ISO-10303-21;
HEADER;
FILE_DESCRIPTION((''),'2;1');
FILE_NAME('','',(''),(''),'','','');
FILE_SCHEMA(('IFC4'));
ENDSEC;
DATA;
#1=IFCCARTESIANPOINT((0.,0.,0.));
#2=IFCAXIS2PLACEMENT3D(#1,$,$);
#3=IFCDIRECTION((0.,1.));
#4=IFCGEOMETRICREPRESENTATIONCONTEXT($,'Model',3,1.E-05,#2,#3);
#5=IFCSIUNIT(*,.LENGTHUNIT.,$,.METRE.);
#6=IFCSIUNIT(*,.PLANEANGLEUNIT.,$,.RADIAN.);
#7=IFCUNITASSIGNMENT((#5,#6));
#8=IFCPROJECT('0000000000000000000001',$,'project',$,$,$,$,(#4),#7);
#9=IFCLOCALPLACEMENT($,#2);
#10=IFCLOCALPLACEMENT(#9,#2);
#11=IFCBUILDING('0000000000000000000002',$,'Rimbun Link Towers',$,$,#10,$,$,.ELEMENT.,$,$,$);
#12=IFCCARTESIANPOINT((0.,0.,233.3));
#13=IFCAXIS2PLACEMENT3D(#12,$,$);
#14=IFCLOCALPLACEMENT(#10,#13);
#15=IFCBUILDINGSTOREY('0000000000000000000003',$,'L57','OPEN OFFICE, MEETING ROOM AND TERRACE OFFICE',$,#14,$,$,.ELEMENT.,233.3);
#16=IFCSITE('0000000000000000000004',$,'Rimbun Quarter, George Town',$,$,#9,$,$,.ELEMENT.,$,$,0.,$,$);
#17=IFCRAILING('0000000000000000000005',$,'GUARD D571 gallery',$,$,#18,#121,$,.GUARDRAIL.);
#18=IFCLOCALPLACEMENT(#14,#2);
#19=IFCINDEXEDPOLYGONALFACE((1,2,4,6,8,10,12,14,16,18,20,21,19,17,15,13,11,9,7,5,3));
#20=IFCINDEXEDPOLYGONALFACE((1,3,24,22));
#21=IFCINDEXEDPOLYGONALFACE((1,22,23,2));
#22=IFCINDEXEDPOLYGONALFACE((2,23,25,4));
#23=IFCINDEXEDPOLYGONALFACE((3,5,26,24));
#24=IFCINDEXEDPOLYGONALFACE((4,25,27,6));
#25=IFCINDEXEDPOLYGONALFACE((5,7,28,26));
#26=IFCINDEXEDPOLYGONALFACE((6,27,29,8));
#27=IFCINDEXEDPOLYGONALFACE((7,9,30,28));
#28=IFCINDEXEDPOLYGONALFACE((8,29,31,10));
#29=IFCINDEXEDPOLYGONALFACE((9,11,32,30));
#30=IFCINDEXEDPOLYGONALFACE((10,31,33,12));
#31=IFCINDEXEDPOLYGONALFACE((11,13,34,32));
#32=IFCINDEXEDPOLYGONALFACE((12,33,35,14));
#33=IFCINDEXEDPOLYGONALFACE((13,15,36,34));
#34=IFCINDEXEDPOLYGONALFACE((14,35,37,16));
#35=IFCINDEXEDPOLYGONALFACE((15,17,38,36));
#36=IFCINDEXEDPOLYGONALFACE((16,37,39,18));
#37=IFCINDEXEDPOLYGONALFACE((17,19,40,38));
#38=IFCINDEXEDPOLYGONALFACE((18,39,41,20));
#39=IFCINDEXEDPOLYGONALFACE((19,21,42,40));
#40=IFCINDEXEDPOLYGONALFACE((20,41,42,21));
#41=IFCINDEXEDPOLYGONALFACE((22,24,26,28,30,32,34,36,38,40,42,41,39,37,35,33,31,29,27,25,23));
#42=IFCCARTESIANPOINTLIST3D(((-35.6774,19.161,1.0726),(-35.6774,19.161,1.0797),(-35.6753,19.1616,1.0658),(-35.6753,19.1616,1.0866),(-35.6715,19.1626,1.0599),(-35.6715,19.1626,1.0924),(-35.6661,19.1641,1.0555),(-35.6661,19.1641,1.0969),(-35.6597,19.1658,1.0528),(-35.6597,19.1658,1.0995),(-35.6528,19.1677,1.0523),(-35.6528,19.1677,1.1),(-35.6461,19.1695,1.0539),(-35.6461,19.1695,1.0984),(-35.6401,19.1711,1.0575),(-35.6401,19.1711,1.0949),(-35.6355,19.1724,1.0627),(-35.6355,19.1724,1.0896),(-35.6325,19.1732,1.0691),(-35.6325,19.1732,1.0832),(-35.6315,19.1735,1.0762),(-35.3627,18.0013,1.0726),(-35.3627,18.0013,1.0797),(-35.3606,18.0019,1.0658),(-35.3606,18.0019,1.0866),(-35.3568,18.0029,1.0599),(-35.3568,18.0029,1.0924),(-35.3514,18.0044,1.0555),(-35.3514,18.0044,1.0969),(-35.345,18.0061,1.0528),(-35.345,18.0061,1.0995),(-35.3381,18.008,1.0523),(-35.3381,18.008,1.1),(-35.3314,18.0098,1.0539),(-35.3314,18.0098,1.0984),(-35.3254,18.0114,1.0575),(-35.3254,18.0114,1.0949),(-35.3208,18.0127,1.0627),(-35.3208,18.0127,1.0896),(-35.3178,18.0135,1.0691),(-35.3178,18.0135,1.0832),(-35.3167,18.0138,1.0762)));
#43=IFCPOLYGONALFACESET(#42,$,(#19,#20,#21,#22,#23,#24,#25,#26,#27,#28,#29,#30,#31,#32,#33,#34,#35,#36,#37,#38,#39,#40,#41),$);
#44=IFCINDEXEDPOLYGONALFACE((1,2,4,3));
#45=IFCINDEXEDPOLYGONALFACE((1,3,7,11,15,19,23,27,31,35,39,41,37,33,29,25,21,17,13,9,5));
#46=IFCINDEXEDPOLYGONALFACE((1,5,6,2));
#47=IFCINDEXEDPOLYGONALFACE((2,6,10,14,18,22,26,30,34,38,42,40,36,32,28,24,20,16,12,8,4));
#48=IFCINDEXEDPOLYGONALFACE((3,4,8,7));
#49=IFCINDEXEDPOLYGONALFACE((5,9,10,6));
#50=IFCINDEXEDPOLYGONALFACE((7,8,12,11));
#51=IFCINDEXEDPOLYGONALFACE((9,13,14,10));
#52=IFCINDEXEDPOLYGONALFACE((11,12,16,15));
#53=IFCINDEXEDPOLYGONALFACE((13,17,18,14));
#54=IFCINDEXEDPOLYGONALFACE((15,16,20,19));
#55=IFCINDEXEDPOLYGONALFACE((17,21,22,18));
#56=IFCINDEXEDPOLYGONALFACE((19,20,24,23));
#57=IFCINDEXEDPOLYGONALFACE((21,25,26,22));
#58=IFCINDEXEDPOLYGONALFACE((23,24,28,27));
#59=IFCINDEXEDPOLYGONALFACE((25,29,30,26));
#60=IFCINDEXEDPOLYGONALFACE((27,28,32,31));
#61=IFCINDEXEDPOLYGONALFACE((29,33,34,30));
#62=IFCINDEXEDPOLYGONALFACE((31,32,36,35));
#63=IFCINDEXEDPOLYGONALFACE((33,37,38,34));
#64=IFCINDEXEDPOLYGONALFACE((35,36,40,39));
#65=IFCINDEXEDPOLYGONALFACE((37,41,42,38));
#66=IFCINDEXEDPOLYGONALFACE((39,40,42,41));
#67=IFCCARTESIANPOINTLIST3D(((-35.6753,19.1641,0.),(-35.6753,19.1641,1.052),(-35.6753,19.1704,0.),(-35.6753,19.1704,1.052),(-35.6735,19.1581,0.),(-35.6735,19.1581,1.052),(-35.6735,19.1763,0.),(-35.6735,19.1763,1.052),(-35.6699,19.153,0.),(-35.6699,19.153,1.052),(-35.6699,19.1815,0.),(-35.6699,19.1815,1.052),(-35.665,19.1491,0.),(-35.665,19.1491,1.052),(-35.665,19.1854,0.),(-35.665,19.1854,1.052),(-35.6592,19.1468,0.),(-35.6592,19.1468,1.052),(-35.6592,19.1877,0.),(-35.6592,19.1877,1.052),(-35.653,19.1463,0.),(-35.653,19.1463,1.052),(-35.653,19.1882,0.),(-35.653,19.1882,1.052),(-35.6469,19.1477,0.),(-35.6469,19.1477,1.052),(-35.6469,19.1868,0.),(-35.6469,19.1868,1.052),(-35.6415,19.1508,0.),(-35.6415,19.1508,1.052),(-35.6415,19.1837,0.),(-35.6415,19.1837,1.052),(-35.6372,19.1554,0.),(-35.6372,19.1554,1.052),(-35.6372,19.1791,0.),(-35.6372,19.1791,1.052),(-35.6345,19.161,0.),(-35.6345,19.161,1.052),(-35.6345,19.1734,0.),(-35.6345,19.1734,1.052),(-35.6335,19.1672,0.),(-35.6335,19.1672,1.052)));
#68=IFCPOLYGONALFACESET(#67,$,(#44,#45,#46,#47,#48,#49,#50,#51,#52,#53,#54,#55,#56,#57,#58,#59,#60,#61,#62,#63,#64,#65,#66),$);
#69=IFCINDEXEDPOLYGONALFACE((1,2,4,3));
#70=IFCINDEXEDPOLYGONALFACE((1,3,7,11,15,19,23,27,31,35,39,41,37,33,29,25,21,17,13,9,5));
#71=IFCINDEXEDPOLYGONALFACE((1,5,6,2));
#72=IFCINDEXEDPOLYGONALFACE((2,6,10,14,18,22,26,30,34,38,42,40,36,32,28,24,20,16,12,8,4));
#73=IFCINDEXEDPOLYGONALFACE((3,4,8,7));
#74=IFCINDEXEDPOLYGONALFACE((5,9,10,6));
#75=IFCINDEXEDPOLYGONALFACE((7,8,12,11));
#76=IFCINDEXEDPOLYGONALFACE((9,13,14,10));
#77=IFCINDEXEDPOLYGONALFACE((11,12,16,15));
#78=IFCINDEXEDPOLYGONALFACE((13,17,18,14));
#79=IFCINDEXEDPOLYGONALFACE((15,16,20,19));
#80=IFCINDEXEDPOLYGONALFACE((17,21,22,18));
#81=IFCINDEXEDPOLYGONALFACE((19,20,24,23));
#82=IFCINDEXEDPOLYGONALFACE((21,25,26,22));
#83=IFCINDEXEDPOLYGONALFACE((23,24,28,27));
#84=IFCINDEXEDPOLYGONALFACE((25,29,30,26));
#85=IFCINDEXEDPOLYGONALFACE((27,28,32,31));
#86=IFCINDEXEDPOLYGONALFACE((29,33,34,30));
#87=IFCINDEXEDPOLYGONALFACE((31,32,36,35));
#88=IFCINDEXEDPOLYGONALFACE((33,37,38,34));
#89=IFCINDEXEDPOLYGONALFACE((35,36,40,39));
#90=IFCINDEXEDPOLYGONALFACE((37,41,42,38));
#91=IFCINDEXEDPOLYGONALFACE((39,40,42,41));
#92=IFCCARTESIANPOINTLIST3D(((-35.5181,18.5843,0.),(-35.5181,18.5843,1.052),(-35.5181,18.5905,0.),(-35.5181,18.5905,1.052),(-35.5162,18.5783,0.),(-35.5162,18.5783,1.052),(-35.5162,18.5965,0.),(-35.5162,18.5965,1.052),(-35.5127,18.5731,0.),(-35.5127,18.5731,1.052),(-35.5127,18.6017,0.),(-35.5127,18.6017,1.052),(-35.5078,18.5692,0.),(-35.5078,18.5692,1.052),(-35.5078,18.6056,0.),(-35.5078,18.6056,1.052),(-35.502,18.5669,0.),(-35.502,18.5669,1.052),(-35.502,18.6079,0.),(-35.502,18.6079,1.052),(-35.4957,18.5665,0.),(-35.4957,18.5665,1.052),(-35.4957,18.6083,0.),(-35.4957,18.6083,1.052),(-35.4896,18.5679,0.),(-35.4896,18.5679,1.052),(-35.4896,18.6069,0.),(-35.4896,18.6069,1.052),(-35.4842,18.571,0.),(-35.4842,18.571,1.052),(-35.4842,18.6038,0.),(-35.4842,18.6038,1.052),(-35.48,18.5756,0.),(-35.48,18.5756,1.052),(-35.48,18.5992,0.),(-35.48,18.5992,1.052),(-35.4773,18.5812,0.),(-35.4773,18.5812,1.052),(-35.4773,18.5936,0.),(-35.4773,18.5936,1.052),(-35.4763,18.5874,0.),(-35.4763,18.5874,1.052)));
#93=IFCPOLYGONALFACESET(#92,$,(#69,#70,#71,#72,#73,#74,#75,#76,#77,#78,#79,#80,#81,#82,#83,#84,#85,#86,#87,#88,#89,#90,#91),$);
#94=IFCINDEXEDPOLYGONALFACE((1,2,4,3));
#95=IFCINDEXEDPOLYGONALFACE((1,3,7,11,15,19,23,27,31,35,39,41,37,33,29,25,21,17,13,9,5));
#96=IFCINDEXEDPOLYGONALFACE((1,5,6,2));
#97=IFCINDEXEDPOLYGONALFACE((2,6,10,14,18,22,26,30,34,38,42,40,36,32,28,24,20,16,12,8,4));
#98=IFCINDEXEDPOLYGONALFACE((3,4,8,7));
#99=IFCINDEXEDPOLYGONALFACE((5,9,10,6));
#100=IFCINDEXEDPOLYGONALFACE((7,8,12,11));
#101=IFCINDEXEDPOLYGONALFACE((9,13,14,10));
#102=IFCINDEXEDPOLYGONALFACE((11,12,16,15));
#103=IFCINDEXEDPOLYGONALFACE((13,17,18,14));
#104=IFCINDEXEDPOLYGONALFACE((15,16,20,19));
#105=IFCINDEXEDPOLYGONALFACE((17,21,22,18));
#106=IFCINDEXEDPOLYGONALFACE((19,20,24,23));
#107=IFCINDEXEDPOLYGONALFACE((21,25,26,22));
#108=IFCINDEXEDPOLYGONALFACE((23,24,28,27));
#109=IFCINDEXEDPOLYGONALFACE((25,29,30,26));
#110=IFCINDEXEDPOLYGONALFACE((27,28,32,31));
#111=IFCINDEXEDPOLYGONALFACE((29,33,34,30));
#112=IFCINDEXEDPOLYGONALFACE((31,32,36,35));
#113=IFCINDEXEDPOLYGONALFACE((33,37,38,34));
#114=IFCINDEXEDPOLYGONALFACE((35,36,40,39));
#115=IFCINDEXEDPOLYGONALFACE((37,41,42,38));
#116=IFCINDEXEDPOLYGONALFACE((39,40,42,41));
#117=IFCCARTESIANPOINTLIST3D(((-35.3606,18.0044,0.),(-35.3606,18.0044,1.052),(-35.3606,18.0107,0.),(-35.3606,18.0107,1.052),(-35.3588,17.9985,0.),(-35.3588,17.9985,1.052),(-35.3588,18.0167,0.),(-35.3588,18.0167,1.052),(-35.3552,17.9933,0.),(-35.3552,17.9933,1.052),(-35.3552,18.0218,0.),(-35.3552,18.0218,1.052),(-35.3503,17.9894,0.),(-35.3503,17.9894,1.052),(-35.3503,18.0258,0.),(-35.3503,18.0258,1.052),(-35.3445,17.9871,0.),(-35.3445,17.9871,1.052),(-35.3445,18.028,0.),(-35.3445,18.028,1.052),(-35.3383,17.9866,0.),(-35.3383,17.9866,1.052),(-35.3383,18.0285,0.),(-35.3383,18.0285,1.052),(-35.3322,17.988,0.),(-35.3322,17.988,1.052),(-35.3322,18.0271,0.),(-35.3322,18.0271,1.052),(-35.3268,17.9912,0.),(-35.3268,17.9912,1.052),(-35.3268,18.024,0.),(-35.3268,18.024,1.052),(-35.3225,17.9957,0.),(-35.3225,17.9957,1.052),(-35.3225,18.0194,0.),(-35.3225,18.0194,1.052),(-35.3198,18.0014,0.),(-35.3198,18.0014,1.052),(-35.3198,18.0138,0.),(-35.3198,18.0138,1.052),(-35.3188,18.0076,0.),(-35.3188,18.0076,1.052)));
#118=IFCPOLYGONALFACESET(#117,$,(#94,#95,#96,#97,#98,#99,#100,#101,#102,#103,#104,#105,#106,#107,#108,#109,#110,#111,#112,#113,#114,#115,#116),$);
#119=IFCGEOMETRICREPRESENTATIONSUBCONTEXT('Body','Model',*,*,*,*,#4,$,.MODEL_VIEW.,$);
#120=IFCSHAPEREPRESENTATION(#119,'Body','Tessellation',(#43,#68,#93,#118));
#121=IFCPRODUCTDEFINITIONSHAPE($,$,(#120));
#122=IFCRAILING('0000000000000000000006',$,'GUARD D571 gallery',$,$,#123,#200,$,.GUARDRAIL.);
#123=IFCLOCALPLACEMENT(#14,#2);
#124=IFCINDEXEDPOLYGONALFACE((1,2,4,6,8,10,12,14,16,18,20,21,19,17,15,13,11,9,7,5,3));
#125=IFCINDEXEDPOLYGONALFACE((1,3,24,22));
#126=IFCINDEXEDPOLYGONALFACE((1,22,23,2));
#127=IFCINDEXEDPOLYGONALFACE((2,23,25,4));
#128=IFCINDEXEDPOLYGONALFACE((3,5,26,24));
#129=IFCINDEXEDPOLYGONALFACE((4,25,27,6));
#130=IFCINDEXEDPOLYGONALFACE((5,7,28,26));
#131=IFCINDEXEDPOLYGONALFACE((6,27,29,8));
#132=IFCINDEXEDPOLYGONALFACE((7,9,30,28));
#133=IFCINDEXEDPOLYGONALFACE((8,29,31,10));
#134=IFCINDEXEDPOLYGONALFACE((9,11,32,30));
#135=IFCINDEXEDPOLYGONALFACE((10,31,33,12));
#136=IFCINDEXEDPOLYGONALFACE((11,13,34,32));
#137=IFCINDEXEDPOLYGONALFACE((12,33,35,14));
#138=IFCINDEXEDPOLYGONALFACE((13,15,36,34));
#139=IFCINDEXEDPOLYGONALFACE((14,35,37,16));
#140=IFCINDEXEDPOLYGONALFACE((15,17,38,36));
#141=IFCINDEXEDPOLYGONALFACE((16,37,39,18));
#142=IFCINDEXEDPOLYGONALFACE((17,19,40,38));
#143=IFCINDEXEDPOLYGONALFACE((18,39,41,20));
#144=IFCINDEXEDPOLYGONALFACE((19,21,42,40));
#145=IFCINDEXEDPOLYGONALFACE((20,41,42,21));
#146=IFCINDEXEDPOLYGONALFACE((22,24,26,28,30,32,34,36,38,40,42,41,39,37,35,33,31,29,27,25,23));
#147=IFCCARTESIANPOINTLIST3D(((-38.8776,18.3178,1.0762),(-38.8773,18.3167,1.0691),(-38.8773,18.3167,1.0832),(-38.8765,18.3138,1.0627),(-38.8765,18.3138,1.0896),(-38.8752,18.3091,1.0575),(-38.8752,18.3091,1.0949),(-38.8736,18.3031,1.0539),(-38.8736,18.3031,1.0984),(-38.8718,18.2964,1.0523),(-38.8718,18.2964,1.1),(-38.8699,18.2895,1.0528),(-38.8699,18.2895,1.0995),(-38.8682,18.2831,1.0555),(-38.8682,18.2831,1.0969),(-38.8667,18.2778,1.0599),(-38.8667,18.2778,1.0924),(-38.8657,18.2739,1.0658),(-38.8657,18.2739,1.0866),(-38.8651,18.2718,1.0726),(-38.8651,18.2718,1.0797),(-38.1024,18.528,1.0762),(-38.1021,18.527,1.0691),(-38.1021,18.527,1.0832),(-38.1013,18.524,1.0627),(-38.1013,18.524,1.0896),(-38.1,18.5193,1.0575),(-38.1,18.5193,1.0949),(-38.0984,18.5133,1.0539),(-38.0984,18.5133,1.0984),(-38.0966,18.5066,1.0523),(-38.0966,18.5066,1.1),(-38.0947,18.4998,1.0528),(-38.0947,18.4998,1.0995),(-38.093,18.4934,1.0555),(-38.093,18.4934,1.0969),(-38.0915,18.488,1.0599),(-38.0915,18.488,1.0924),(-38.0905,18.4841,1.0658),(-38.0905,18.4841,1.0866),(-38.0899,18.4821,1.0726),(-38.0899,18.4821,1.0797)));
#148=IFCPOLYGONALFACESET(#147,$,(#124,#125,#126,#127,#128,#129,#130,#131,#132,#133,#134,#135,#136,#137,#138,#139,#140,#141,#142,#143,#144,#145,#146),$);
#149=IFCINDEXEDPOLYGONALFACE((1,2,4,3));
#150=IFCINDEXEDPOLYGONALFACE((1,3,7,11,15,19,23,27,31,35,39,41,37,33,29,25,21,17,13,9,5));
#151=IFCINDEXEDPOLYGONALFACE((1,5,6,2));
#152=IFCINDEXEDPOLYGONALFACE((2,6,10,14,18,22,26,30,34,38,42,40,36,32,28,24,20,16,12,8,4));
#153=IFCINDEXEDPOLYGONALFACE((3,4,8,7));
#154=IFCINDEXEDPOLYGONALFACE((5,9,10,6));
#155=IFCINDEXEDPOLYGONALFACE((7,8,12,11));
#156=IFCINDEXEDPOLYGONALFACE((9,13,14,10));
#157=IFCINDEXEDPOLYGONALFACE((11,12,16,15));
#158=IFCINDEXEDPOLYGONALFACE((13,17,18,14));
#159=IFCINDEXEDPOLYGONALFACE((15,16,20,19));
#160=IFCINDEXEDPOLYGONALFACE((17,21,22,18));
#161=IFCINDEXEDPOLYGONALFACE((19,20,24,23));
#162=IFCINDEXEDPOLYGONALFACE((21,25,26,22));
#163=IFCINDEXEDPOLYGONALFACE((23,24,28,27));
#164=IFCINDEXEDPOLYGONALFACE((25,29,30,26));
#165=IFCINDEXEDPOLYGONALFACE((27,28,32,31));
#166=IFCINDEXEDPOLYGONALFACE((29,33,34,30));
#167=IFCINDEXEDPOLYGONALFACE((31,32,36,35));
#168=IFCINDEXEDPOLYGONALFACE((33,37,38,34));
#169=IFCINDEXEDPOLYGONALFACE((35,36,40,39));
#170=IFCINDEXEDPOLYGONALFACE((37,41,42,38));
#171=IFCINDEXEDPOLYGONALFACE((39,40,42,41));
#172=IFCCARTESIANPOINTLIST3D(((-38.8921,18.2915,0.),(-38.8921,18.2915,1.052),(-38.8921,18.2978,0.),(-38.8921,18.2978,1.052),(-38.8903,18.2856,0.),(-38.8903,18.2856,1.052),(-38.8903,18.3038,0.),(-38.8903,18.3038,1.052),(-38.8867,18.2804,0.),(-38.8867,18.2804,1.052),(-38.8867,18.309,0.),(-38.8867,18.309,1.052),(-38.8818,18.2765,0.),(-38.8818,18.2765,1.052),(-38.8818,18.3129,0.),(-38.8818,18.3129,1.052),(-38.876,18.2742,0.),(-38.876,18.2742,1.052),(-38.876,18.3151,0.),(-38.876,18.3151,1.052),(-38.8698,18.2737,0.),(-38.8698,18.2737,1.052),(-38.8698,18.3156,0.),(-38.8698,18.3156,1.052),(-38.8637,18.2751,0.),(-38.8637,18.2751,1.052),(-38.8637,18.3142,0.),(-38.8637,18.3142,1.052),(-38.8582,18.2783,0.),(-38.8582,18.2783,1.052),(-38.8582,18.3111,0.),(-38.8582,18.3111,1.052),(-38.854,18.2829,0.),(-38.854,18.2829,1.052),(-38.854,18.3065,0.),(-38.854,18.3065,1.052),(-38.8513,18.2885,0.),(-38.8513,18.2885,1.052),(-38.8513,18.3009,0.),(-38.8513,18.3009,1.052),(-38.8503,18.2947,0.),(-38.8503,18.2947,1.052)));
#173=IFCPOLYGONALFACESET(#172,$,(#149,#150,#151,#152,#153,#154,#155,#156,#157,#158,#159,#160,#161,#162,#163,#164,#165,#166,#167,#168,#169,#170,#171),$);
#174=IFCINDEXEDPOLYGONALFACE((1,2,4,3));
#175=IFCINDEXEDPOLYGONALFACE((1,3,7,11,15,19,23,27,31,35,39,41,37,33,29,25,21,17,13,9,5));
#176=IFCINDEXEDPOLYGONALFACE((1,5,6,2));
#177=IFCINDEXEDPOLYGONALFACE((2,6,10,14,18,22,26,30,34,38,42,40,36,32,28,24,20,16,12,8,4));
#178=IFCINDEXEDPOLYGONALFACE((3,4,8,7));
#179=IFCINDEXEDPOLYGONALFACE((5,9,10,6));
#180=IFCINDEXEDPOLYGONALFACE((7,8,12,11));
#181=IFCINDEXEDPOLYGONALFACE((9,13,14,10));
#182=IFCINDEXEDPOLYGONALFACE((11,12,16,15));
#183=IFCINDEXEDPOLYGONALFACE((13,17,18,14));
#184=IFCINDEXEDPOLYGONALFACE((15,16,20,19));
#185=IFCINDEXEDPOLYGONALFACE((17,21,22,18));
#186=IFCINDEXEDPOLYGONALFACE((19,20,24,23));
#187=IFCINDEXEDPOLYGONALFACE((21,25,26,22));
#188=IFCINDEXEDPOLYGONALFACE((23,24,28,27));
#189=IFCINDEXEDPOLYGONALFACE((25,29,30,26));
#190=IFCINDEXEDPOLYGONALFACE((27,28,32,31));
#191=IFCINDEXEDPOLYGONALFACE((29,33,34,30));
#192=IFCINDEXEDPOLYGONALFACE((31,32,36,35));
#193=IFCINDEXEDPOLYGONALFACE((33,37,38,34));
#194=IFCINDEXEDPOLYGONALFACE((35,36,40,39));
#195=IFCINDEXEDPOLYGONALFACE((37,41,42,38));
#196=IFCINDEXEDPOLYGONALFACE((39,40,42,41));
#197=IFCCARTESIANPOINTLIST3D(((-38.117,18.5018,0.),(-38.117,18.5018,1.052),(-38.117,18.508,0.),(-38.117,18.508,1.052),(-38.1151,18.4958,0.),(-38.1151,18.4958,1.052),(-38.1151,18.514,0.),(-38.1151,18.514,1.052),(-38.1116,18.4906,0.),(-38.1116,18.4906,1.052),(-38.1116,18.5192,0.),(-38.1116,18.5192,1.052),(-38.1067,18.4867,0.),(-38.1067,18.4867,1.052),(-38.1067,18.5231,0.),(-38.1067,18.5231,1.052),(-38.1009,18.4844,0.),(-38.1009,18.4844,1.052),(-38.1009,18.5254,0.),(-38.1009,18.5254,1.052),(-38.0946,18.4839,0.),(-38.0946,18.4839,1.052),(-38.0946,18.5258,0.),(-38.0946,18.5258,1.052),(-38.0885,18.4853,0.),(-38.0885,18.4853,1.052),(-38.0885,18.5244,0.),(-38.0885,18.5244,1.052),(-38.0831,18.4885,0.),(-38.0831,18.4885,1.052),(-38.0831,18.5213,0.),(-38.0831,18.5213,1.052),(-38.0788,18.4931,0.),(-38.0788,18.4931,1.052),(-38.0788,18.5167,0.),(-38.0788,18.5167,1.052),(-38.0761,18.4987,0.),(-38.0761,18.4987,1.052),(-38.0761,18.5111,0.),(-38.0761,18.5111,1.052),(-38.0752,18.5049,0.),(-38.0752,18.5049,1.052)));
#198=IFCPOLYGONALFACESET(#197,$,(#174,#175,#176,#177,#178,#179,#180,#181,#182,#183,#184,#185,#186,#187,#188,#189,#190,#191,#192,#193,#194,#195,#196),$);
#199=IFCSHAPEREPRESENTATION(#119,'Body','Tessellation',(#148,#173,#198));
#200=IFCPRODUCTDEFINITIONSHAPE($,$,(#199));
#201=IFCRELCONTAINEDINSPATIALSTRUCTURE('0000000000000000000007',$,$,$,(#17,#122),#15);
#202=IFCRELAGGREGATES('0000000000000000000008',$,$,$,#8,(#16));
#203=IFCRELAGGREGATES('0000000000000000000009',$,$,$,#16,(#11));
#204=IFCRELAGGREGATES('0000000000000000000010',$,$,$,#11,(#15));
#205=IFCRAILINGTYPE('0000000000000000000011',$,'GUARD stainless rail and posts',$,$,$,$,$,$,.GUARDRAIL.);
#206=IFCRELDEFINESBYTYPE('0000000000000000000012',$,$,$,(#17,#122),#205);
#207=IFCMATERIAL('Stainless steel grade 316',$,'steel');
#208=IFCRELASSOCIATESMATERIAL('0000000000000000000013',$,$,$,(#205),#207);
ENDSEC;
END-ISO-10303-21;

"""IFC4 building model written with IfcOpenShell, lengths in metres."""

from ifc_helpers import new_model, si_unit, direction, frame, origin, origin_2d, place, context, subcontext, project, spatial, circle, extrude, material, type_object, element, save


model = new_model("IFC4")

# Units and contexts
model_context = context("Model", 3, precision=1e-05, world=origin(), true_north=direction((0.0, 1.0)))
body_context = subcontext(model_context, "Body", "Model", "MODEL_VIEW")
ifc_project = project(units=[si_unit("LENGTHUNIT", "METRE"), si_unit("PLANEANGLEUNIT", "RADIAN")], contexts=[model_context])

# Site, building, storey
site_placement = place(None, origin())
site = spatial("IfcSite", under=ifc_project, at=site_placement, Name="Rimbun Quarter, George Town", CompositionType="ELEMENT", RefElevation=0.0)
building_placement = place(site_placement, origin())
building = spatial("IfcBuilding", under=site, at=building_placement, Name="Rimbun Link Towers", CompositionType="ELEMENT")
storey_placement = place(building_placement, frame((0.0, 0.0, 233.3)))
storey = spatial("IfcBuildingStorey", under=building, at=storey_placement, Name="L57", Description="OPEN OFFICE, MEETING ROOM AND TERRACE OFFICE", CompositionType="ELEMENT", Elevation=233.3)

# Railings
ifc_material_1 = material(Name="Stainless steel grade 316", Category="steel")
railing_type = type_object("IfcRailingType", Name="GUARD stainless rail and posts", PredefinedType="GUARDRAIL", material=ifc_material_1)
railing_1_placement = place(storey_placement, frame((-35.6545, 19.1672, 0.0)))
element("IfcRailing", 1, at=railing_1_placement, inside=storey, type_object=railing_type, Name="GUARD D571 gallery", PredefinedType="GUARDRAIL", context=body_context, shape_type="SweptSolid", body=[
    extrude(circle(Radius=0.0239, at=origin_2d()), frame((0.0, 0.0, 1.0762), z_axis=(0.261897, -0.965096, 0.0), x_axis=(0.965096, 0.261897, 0.0)), (0.0, 0.0, 1.0), 1.2017),
    extrude(circle(Radius=0.021, at=origin_2d()), origin(), (0.0, 0.0, 1.0), 1.052),
    extrude(circle(Radius=0.021, at=origin_2d()), frame((0.1572, -0.5798, 0.0)), (0.0, 0.0, 1.0), 1.052),
    extrude(circle(Radius=0.021, at=origin_2d()), frame((0.3147, -1.1597, 0.0)), (0.0, 0.0, 1.0), 1.052),
])
railing_2_placement = place(storey_placement, frame((-38.8713, 18.2947, 0.0)))
element("IfcRailing", 2, at=railing_2_placement, inside=storey, type_object=railing_type, Name="GUARD D571 gallery", PredefinedType="GUARDRAIL", context=body_context, shape_type="SweptSolid", body=[
    extrude(circle(Radius=0.0239, at=origin_2d()), frame((0.0, 0.0, 1.0762), z_axis=(0.965142, 0.261728, 0.0), x_axis=(-0.261728, 0.965142, 0.0)), (0.0, 0.0, 1.0), 0.8032),
    extrude(circle(Radius=0.021, at=origin_2d()), origin(), (0.0, 0.0, 1.0), 1.052),
    extrude(circle(Radius=0.021, at=origin_2d()), frame((0.7751, 0.2102, 0.0)), (0.0, 0.0, 1.0), 1.052),
])

save(model, "model.ifc")
